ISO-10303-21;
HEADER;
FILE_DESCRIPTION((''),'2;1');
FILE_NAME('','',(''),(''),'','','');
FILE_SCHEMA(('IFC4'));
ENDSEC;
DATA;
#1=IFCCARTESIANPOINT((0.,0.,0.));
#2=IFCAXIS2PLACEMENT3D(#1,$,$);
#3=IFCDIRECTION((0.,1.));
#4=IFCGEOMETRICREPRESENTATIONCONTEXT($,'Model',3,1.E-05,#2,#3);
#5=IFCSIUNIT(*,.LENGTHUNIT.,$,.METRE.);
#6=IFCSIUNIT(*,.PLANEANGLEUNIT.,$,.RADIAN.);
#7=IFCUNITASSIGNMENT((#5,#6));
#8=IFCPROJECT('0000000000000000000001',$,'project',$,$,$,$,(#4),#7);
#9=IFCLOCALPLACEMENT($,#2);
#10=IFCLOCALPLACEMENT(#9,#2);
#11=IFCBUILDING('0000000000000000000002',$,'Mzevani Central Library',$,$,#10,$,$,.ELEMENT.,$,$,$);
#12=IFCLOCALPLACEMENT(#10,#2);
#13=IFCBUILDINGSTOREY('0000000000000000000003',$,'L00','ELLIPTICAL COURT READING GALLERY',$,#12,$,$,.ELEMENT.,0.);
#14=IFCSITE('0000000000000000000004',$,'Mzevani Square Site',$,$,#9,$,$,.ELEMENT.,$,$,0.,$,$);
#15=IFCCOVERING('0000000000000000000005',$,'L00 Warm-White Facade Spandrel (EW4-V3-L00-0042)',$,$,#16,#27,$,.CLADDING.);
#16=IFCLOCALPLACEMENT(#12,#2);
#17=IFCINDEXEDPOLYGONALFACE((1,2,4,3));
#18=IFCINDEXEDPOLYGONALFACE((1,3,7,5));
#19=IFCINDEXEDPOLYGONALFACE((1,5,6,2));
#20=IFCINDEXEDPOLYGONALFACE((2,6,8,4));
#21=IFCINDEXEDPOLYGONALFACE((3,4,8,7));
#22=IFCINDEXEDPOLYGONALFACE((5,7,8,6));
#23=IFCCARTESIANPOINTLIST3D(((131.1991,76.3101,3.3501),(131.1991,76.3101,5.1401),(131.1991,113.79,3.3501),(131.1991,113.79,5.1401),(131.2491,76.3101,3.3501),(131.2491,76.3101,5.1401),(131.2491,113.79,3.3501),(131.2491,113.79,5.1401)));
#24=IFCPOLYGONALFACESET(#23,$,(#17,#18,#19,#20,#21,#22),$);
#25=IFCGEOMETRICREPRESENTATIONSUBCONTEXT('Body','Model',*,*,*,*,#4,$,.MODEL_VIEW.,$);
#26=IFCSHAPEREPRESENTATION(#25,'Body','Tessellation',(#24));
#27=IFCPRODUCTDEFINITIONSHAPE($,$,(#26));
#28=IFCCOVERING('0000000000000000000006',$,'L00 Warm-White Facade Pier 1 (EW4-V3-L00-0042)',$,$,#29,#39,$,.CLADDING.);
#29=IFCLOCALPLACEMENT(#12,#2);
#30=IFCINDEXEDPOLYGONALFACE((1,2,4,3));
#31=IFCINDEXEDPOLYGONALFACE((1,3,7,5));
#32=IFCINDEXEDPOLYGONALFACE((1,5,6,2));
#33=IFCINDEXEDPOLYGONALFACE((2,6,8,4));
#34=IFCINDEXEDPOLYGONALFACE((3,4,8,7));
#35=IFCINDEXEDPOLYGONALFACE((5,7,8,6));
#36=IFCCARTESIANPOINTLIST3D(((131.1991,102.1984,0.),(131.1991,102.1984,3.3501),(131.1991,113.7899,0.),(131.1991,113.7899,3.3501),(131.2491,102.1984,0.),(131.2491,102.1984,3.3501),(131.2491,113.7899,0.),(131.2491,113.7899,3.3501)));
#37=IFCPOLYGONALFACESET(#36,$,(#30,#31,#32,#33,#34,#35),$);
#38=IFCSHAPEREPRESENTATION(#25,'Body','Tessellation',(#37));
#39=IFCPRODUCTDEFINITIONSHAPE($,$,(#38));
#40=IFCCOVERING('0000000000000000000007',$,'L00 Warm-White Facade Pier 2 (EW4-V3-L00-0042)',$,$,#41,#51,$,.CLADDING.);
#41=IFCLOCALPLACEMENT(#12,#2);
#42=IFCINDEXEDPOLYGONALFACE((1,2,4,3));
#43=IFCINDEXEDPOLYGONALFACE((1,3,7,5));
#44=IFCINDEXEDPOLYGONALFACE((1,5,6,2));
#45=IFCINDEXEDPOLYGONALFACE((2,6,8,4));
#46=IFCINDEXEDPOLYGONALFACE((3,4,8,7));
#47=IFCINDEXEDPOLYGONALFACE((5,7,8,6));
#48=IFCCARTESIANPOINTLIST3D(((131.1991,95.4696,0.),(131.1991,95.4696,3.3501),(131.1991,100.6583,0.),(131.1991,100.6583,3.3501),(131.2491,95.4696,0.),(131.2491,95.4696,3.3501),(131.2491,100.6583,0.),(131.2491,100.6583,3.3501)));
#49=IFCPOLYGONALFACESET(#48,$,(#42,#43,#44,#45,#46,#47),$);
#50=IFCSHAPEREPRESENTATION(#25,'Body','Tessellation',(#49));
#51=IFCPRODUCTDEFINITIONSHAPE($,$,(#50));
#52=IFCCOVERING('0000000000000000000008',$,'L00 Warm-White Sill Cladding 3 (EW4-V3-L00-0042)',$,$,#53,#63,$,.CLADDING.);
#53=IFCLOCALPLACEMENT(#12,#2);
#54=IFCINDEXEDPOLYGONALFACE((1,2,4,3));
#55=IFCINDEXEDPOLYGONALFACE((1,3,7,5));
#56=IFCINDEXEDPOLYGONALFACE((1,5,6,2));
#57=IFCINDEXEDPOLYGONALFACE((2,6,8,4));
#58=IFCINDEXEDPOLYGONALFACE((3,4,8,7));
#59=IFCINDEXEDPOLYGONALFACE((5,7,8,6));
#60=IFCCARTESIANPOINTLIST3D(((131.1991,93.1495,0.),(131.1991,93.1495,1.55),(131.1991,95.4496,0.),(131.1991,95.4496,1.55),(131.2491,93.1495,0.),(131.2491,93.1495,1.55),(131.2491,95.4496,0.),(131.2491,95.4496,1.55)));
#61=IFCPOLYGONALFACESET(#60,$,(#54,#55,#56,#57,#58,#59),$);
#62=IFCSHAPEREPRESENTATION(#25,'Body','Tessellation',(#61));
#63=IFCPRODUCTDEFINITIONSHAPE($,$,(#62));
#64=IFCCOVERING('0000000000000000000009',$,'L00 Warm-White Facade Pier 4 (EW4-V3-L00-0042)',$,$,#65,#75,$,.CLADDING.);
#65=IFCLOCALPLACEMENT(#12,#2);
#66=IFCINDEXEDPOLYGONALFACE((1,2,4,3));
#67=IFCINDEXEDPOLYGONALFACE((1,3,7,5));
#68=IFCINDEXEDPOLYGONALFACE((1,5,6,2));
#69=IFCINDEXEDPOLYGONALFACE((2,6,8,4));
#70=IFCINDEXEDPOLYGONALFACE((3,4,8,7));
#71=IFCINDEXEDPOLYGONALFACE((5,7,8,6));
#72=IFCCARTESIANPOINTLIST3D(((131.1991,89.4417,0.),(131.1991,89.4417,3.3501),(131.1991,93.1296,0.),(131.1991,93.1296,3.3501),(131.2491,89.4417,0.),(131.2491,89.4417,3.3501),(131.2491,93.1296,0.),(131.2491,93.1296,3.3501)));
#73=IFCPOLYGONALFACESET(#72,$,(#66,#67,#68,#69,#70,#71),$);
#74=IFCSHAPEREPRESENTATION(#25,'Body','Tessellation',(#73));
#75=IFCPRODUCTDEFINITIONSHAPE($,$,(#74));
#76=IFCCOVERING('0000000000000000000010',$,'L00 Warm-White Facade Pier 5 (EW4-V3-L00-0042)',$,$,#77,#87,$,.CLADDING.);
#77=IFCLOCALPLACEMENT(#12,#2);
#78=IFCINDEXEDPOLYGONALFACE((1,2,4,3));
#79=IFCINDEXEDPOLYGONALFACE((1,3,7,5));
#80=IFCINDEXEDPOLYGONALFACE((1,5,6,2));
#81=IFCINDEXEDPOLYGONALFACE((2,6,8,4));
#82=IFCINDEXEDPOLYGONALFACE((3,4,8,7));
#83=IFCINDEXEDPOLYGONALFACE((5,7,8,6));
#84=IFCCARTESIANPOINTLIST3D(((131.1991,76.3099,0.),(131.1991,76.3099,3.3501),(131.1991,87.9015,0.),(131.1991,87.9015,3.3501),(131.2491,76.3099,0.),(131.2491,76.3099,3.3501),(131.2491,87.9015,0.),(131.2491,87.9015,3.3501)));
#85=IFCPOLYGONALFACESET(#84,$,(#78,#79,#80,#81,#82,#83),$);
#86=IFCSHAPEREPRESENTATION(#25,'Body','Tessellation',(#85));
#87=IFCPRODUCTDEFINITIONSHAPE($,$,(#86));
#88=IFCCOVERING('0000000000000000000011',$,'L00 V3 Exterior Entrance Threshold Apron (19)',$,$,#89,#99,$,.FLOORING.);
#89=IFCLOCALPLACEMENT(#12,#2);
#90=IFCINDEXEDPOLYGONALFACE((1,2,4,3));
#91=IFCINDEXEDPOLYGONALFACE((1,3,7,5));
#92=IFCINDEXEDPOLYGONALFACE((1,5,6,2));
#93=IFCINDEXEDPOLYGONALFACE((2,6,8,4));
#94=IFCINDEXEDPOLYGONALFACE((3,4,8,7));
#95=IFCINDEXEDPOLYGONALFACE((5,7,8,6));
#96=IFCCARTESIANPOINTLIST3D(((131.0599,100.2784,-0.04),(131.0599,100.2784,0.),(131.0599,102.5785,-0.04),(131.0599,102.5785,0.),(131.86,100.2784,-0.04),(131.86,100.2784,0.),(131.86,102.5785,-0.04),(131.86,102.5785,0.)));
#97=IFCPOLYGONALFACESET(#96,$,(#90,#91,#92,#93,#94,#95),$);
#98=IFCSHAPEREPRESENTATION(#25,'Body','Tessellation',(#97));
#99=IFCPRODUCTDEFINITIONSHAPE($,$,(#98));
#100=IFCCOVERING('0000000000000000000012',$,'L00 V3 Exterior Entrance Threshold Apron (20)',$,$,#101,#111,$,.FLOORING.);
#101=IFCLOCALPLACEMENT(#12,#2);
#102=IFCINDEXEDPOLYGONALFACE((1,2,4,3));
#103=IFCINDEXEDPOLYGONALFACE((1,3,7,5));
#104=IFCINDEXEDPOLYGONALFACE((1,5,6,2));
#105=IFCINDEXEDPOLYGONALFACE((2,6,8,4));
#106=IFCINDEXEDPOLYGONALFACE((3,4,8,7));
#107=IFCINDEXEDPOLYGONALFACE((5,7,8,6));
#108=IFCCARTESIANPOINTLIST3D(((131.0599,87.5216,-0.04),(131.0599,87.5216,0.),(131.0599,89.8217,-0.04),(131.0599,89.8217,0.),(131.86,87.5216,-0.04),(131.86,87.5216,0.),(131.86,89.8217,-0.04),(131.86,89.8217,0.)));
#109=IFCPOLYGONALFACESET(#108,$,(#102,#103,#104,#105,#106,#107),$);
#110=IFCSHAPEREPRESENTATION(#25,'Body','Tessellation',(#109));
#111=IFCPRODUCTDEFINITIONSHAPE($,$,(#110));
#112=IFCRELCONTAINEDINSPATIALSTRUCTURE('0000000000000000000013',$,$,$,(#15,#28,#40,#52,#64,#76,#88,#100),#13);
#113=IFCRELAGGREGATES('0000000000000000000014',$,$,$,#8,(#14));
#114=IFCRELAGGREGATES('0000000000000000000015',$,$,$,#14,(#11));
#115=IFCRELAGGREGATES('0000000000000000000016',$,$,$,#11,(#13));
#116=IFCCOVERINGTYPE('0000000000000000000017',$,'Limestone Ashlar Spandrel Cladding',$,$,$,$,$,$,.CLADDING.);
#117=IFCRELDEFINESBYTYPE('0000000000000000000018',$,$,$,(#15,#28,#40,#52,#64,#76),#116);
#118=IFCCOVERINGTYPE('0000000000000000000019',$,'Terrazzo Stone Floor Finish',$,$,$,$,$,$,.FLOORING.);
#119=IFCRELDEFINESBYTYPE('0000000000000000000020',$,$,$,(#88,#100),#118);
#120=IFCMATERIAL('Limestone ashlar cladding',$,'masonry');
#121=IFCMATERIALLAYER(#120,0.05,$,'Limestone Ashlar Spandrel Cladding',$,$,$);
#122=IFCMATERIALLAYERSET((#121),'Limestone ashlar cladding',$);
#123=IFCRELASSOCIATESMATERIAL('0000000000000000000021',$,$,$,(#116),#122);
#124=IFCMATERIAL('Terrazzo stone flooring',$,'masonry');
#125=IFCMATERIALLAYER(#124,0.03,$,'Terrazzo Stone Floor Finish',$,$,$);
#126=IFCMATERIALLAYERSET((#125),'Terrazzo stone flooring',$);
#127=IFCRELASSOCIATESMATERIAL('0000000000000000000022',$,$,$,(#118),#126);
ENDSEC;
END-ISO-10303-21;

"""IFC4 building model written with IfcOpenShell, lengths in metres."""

from ifc_helpers import new_model, si_unit, direction, frame, origin, origin_2d, place, context, subcontext, project, spatial, rectangle, extrude, material, layer, layer_set, type_object, element, save


model = new_model("IFC4")

# Units and contexts
model_context = context("Model", 3, precision=1e-05, world=origin(), true_north=direction((0.0, 1.0)))
body_context = subcontext(model_context, "Body", "Model", "MODEL_VIEW")
ifc_project = project(units=[si_unit("LENGTHUNIT", "METRE"), si_unit("PLANEANGLEUNIT", "RADIAN")], contexts=[model_context])

# Site, building, storey
site_placement = place(None, origin())
site = spatial("IfcSite", under=ifc_project, at=site_placement, Name="Mzevani Square Site", CompositionType="ELEMENT", RefElevation=0.0)
building_placement = place(site_placement, origin())
building = spatial("IfcBuilding", under=site, at=building_placement, Name="Mzevani Central Library", CompositionType="ELEMENT")
storey_placement = place(building_placement, origin())
storey = spatial("IfcBuildingStorey", under=building, at=storey_placement, Name="L00", Description="ELLIPTICAL COURT READING GALLERY", CompositionType="ELEMENT", Elevation=0.0)

# Coverings
ifc_material_1 = material(Name="Limestone ashlar cladding", Category="masonry")
ifc_layer_1 = layer(ifc_material_1, 0.05, Name="Limestone Ashlar Spandrel Cladding")
ifc_layer_set_1 = layer_set([ifc_layer_1], Name="Limestone ashlar cladding")
covering_type_1 = type_object("IfcCoveringType", Name="Limestone Ashlar Spandrel Cladding", PredefinedType="CLADDING", material=ifc_layer_set_1)
covering_1_placement = place(storey_placement, frame((131.2241, 95.05, 3.3501), z_axis=(0.0, 0.0, 1.0), x_axis=(0.0, -1.0, 0.0)))
element("IfcCovering", 1, at=covering_1_placement, inside=storey, type_object=covering_type_1, Name="L00 Warm-White Facade Spandrel (EW4-V3-L00-0042)", PredefinedType="CLADDING", context=body_context, shape_type="SweptSolid", body=[
    extrude(rectangle(XDim=37.48, YDim=0.05, at=origin_2d()), origin(), (0.0, 0.0, 1.0), 1.79),
])
covering_2_placement = place(storey_placement, frame((131.2241, 107.9941, 0.0), z_axis=(0.0, 0.0, 1.0), x_axis=(0.0, -1.0, 0.0)))
element("IfcCovering", 2, at=covering_2_placement, inside=storey, type_object=covering_type_1, Name="L00 Warm-White Facade Pier 1 (EW4-V3-L00-0042)", PredefinedType="CLADDING", context=body_context, shape_type="SweptSolid", body=[
    extrude(rectangle(XDim=11.5916, YDim=0.05, at=origin_2d()), origin(), (0.0, 0.0, 1.0), 3.3501),
])
covering_3_placement = place(storey_placement, frame((131.2241, 98.064, 0.0), z_axis=(0.0, 0.0, 1.0), x_axis=(0.0, -1.0, 0.0)))
element("IfcCovering", 3, at=covering_3_placement, inside=storey, type_object=covering_type_1, Name="L00 Warm-White Facade Pier 2 (EW4-V3-L00-0042)", PredefinedType="CLADDING", context=body_context, shape_type="SweptSolid", body=[
    extrude(rectangle(XDim=5.1887, YDim=0.05, at=origin_2d()), origin(), (0.0, 0.0, 1.0), 3.3501),
])
covering_4_placement = place(storey_placement, frame((131.2241, 94.2996, 0.0), z_axis=(0.0, 0.0, 1.0), x_axis=(0.0, -1.0, 0.0)))
element("IfcCovering", 4, at=covering_4_placement, inside=storey, type_object=covering_type_1, Name="L00 Warm-White Sill Cladding 3 (EW4-V3-L00-0042)", PredefinedType="CLADDING", context=body_context, shape_type="SweptSolid", body=[
    extrude(rectangle(XDim=2.3, YDim=0.05, at=origin_2d()), origin(), (0.0, 0.0, 1.0), 1.55),
])
covering_5_placement = place(storey_placement, frame((131.2241, 91.2856, 0.0), z_axis=(0.0, 0.0, 1.0), x_axis=(0.0, -1.0, 0.0)))
element("IfcCovering", 5, at=covering_5_placement, inside=storey, type_object=covering_type_1, Name="L00 Warm-White Facade Pier 4 (EW4-V3-L00-0042)", PredefinedType="CLADDING", context=body_context, shape_type="SweptSolid", body=[
    extrude(rectangle(XDim=3.688, YDim=0.05, at=origin_2d()), origin(), (0.0, 0.0, 1.0), 3.3501),
])
covering_6_placement = place(storey_placement, frame((131.2241, 82.1057, 0.0), z_axis=(0.0, 0.0, 1.0), x_axis=(0.0, -1.0, 0.0)))
element("IfcCovering", 6, at=covering_6_placement, inside=storey, type_object=covering_type_1, Name="L00 Warm-White Facade Pier 5 (EW4-V3-L00-0042)", PredefinedType="CLADDING", context=body_context, shape_type="SweptSolid", body=[
    extrude(rectangle(XDim=11.5916, YDim=0.05, at=origin_2d()), origin(), (0.0, 0.0, 1.0), 3.3501),
])
ifc_material_2 = material(Name="Terrazzo stone flooring", Category="masonry")
ifc_layer_2 = layer(ifc_material_2, 0.03, Name="Terrazzo Stone Floor Finish")
ifc_layer_set_2 = layer_set([ifc_layer_2], Name="Terrazzo stone flooring")
covering_type_2 = type_object("IfcCoveringType", Name="Terrazzo Stone Floor Finish", PredefinedType="FLOORING", material=ifc_layer_set_2)
for number, where, z_axis, x_axis, name in (
    (7, (131.46, 101.4285, -0.04), (0.0, 0.0, 1.0), (0.0, -1.0, 0.0), "L00 V3 Exterior Entrance Threshold Apron (19)"),
    (8, (131.46, 88.6716, -0.04), (0.0, 0.0, 1.0), (0.0, -1.0, 0.0), "L00 V3 Exterior Entrance Threshold Apron (20)"),
):
    element("IfcCovering", number, at=place(storey_placement, frame(where, z_axis=z_axis, x_axis=x_axis)), inside=storey, type_object=covering_type_2, Name=name, PredefinedType="FLOORING", context=body_context, shape_type="SweptSolid", body=[
        extrude(rectangle(XDim=2.3, YDim=0.8, at=origin_2d()), origin(), (0.0, 0.0, 1.0), 0.04),
    ])

save(model, "model.ifc")
